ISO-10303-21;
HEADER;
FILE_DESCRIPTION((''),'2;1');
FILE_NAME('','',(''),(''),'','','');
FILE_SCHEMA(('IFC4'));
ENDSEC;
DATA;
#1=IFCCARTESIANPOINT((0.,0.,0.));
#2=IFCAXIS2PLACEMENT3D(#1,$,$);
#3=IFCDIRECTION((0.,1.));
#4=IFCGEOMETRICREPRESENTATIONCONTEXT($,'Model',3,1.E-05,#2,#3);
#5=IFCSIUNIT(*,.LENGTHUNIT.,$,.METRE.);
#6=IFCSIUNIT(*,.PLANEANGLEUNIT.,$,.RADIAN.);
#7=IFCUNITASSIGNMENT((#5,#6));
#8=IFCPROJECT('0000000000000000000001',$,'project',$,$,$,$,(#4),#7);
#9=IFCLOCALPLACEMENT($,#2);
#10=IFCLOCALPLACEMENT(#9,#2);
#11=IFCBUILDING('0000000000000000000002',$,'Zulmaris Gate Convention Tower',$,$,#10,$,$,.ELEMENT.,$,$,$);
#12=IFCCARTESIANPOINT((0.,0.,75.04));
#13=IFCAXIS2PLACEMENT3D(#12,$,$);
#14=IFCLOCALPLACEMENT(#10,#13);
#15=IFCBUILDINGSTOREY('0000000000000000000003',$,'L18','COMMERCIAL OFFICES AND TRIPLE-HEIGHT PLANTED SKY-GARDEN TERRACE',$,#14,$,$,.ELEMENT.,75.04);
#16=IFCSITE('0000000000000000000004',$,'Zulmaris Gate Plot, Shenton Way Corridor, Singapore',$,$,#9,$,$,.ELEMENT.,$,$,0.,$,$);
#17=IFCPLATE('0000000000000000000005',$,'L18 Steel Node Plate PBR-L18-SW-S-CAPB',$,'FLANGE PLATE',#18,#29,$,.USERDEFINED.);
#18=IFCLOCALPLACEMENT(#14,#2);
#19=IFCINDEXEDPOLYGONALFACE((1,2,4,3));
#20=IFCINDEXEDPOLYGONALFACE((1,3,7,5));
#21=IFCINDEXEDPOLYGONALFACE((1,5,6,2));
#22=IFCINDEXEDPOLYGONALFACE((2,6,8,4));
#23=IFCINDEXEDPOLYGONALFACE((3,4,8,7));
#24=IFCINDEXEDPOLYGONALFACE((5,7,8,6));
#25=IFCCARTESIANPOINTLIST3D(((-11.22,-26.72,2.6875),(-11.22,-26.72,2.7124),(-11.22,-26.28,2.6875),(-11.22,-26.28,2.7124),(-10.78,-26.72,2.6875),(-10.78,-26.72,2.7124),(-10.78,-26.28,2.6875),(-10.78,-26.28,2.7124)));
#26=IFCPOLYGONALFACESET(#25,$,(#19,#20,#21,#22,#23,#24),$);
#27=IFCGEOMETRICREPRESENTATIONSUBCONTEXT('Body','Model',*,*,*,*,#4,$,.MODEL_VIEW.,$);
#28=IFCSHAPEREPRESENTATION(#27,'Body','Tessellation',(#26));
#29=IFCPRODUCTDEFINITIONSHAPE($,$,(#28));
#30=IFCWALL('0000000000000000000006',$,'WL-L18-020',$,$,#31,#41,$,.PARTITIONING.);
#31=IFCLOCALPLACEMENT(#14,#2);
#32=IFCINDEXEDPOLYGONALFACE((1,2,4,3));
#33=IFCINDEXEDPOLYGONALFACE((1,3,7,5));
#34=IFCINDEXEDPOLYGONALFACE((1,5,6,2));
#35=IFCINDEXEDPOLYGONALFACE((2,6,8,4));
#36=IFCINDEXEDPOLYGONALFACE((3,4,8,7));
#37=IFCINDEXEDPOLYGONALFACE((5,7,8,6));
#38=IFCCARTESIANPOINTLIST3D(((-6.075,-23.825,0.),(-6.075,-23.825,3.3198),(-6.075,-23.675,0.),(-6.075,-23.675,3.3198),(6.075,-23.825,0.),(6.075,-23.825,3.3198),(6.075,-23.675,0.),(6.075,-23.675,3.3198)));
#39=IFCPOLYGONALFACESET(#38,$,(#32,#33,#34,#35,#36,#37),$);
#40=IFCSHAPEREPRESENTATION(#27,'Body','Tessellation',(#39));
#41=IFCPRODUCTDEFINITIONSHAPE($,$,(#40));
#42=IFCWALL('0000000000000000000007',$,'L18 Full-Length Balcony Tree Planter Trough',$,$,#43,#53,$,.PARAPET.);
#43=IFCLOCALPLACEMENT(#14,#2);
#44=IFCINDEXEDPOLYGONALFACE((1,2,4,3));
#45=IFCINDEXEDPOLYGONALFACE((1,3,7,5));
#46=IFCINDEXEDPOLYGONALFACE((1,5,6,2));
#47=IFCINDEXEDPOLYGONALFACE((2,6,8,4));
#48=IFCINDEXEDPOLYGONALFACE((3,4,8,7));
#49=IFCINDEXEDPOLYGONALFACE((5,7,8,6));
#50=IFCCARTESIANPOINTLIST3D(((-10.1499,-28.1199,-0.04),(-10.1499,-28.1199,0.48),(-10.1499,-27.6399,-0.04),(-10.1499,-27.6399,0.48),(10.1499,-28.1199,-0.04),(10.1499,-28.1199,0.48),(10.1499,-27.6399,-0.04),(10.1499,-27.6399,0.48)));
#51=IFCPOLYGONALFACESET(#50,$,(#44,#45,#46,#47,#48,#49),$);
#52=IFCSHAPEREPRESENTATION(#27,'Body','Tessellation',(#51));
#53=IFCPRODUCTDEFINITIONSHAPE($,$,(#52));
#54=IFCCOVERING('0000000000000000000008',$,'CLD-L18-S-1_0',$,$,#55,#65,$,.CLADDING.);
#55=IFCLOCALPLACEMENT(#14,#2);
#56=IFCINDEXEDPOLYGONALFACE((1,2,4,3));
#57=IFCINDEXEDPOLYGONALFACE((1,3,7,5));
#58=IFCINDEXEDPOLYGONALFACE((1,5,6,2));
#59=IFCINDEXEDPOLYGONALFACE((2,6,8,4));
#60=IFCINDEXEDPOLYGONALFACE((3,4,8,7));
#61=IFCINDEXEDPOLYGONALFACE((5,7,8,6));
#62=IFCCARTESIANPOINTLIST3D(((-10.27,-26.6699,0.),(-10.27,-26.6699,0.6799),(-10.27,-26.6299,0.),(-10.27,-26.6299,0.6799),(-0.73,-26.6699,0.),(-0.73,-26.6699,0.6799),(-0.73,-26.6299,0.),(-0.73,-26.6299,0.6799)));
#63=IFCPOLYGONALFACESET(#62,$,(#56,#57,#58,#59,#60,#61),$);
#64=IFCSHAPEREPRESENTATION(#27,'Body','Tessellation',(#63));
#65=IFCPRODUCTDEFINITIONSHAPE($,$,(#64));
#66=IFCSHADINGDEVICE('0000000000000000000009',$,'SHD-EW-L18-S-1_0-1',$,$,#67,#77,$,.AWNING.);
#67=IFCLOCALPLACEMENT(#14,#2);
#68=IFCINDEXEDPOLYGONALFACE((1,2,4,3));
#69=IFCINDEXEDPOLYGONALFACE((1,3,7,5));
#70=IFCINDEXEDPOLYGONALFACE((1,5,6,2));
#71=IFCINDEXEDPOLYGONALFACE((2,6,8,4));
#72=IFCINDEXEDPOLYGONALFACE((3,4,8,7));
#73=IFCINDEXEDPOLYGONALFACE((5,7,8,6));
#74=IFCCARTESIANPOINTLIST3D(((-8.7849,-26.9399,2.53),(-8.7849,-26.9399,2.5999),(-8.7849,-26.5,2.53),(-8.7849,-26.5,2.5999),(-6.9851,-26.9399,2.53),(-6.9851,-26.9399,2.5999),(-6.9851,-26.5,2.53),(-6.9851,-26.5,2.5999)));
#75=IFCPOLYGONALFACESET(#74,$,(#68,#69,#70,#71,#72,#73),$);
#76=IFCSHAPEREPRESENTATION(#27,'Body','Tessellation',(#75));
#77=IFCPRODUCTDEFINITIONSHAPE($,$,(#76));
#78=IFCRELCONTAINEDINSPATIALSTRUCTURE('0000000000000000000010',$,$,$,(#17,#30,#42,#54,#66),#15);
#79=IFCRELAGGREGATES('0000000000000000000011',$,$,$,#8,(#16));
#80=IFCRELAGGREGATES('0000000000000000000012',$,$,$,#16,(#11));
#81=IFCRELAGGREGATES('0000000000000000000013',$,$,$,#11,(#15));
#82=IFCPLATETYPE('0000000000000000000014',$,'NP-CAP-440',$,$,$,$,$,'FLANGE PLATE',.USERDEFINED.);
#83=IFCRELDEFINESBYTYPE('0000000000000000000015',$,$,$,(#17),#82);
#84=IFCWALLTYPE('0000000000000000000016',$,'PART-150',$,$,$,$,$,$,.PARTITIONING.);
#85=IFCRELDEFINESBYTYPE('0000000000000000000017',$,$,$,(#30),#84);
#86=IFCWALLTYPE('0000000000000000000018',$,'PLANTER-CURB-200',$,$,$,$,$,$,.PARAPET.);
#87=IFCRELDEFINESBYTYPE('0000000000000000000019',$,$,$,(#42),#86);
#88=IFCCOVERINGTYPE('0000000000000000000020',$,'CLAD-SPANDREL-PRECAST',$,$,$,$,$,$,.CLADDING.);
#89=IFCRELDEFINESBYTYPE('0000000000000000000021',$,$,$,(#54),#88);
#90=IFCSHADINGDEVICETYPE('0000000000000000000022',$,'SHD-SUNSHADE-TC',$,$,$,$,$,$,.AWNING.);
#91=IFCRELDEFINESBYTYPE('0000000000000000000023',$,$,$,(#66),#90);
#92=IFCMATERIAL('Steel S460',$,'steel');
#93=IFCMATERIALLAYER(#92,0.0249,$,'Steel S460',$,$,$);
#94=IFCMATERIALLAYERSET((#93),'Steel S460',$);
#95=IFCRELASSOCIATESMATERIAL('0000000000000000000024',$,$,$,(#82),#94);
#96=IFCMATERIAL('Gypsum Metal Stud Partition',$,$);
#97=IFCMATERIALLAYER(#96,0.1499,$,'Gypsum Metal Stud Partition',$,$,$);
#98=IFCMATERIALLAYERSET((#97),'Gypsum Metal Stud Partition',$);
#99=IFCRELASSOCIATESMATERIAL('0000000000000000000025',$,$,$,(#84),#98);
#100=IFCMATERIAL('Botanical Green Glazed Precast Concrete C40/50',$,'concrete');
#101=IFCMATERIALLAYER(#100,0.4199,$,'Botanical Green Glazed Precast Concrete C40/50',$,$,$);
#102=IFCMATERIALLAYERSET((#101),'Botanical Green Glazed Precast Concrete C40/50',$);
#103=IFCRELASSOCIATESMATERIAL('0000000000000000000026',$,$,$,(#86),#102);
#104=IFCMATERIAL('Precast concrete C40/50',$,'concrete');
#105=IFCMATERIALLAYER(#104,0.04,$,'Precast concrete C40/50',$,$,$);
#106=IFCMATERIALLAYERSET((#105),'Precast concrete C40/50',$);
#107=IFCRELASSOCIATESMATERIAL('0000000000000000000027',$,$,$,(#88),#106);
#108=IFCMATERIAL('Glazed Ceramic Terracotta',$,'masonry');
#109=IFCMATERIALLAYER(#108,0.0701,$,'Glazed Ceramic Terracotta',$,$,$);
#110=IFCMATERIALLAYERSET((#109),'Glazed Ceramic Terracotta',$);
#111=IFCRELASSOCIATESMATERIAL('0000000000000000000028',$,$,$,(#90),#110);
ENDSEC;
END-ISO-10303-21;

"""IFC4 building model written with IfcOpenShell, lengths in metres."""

from ifc_helpers import new_model, si_unit, direction, frame, frame_2d, origin, origin_2d, place, context, subcontext, project, spatial, rectangle, extrude, material, layer, layer_set, type_object, element, save


model = new_model("IFC4")

# Units and contexts
model_context = context("Model", 3, precision=1e-05, world=origin(), true_north=direction((0.0, 1.0)))
body_context = subcontext(model_context, "Body", "Model", "MODEL_VIEW")
ifc_project = project(units=[si_unit("LENGTHUNIT", "METRE"), si_unit("PLANEANGLEUNIT", "RADIAN")], contexts=[model_context])

# Site, building, storey
site_placement = place(None, origin())
site = spatial("IfcSite", under=ifc_project, at=site_placement, Name="Zulmaris Gate Plot, Shenton Way Corridor, Singapore", CompositionType="ELEMENT", RefElevation=0.0)
building_placement = place(site_placement, origin())
building = spatial("IfcBuilding", under=site, at=building_placement, Name="Zulmaris Gate Convention Tower", CompositionType="ELEMENT")
storey_placement = place(building_placement, frame((0.0, 0.0, 75.04)))
storey = spatial("IfcBuildingStorey", under=building, at=storey_placement, Name="L18", Description="COMMERCIAL OFFICES AND TRIPLE-HEIGHT PLANTED SKY-GARDEN TERRACE", CompositionType="ELEMENT", Elevation=75.04)

# Plate
ifc_material_1 = material(Name="Steel S460", Category="steel")
ifc_layer_1 = layer(ifc_material_1, 0.0249, Name="Steel S460")
ifc_layer_set_1 = layer_set([ifc_layer_1], Name="Steel S460")
plate_type = type_object("IfcPlateType", Name="NP-CAP-440", ElementType="FLANGE PLATE", PredefinedType="USERDEFINED", material=ifc_layer_set_1)
plate_placement = place(storey_placement, frame((-11.0, -26.5, 2.6875), z_axis=(0.0, 0.0, 1.0), x_axis=(1.0, 0.0, 0.0)))
element("IfcPlate", 1, at=plate_placement, inside=storey, type_object=plate_type, Name="L18 Steel Node Plate PBR-L18-SW-S-CAPB", ObjectType="FLANGE PLATE", PredefinedType="USERDEFINED", context=body_context, shape_type="SweptSolid", body=[
    extrude(rectangle(XDim=0.4399, YDim=0.4399, at=origin_2d()), origin(), (0.0, 0.0, 1.0), 0.0249),
])

# Wall
ifc_material_2 = material(Name="Gypsum Metal Stud Partition")
ifc_layer_2 = layer(ifc_material_2, 0.1499, Name="Gypsum Metal Stud Partition")
ifc_layer_set_2 = layer_set([ifc_layer_2], Name="Gypsum Metal Stud Partition")
wall_type_1 = type_object("IfcWallType", Name="PART-150", PredefinedType="PARTITIONING", material=ifc_layer_set_2)
wall_1_placement = place(storey_placement, frame((-6.075, -23.75, 0.0), z_axis=(0.0, 0.0, 1.0), x_axis=(1.0, 0.0, 0.0)))
element("IfcWall", 2, at=wall_1_placement, inside=storey, type_object=wall_type_1, Name="WL-L18-020", PredefinedType="PARTITIONING", context=body_context, shape_type="SweptSolid", body=[
    extrude(rectangle(XDim=12.1499, YDim=0.1499, at=frame_2d((6.075, 0.0))), origin(), (0.0, 0.0, 1.0), 3.3198),
])

# Wall
ifc_material_3 = material(Name="Botanical Green Glazed Precast Concrete C40/50", Category="concrete")
ifc_layer_3 = layer(ifc_material_3, 0.4199, Name="Botanical Green Glazed Precast Concrete C40/50")
ifc_layer_set_3 = layer_set([ifc_layer_3], Name="Botanical Green Glazed Precast Concrete C40/50")
wall_type_2 = type_object("IfcWallType", Name="PLANTER-CURB-200", PredefinedType="PARAPET", material=ifc_layer_set_3)
wall_2_placement = place(storey_placement, frame((-10.1499, -27.8799, -0.04), z_axis=(0.0, 0.0, 1.0), x_axis=(1.0, 0.0, 0.0)))
element("IfcWall", 3, at=wall_2_placement, inside=storey, type_object=wall_type_2, Name="L18 Full-Length Balcony Tree Planter Trough", PredefinedType="PARAPET", context=body_context, shape_type="SweptSolid", body=[
    extrude(rectangle(XDim=20.2998, YDim=0.48, at=frame_2d((10.1499, 0.0))), origin(), (0.0, 0.0, 1.0), 0.52),
])

# Shared definitions
ifc_material_4 = material(Name="Precast concrete C40/50", Category="concrete")

# Covering
ifc_layer_4 = layer(ifc_material_4, 0.04, Name="Precast concrete C40/50")
ifc_layer_set_4 = layer_set([ifc_layer_4], Name="Precast concrete C40/50")
covering_type = type_object("IfcCoveringType", Name="CLAD-SPANDREL-PRECAST", PredefinedType="CLADDING", material=ifc_layer_set_4)
covering_placement = place(storey_placement, frame((-10.27, -26.6499, 0.0), z_axis=(0.0, 0.0, 1.0), x_axis=(1.0, 0.0, 0.0)))
element("IfcCovering", 4, at=covering_placement, inside=storey, type_object=covering_type, Name="CLD-L18-S-1_0", PredefinedType="CLADDING", context=body_context, shape_type="SweptSolid", body=[
    extrude(rectangle(XDim=9.54, YDim=0.04, at=frame_2d((4.77, 0.0))), origin(), (0.0, 0.0, 1.0), 0.6799),
])

# Shading device
ifc_material_5 = material(Name="Glazed Ceramic Terracotta", Category="masonry")
ifc_layer_5 = layer(ifc_material_5, 0.0701, Name="Glazed Ceramic Terracotta")
ifc_layer_set_5 = layer_set([ifc_layer_5], Name="Glazed Ceramic Terracotta")
shading_device_type = type_object("IfcShadingDeviceType", Name="SHD-SUNSHADE-TC", PredefinedType="AWNING", material=ifc_layer_set_5)
shading_device_placement = place(storey_placement, frame((-8.7849, -26.72, 2.53), z_axis=(0.0, 0.0, 1.0), x_axis=(1.0, 0.0, 0.0)))
element("IfcShadingDevice", 5, at=shading_device_placement, inside=storey, type_object=shading_device_type, Name="SHD-EW-L18-S-1_0-1", PredefinedType="AWNING", context=body_context, shape_type="SweptSolid", body=[
    extrude(rectangle(XDim=1.7998, YDim=0.4399, at=frame_2d((0.8999, 0.0))), origin(), (0.0, 0.0, 1.0), 0.0698),
])

save(model, "model.ifc")
